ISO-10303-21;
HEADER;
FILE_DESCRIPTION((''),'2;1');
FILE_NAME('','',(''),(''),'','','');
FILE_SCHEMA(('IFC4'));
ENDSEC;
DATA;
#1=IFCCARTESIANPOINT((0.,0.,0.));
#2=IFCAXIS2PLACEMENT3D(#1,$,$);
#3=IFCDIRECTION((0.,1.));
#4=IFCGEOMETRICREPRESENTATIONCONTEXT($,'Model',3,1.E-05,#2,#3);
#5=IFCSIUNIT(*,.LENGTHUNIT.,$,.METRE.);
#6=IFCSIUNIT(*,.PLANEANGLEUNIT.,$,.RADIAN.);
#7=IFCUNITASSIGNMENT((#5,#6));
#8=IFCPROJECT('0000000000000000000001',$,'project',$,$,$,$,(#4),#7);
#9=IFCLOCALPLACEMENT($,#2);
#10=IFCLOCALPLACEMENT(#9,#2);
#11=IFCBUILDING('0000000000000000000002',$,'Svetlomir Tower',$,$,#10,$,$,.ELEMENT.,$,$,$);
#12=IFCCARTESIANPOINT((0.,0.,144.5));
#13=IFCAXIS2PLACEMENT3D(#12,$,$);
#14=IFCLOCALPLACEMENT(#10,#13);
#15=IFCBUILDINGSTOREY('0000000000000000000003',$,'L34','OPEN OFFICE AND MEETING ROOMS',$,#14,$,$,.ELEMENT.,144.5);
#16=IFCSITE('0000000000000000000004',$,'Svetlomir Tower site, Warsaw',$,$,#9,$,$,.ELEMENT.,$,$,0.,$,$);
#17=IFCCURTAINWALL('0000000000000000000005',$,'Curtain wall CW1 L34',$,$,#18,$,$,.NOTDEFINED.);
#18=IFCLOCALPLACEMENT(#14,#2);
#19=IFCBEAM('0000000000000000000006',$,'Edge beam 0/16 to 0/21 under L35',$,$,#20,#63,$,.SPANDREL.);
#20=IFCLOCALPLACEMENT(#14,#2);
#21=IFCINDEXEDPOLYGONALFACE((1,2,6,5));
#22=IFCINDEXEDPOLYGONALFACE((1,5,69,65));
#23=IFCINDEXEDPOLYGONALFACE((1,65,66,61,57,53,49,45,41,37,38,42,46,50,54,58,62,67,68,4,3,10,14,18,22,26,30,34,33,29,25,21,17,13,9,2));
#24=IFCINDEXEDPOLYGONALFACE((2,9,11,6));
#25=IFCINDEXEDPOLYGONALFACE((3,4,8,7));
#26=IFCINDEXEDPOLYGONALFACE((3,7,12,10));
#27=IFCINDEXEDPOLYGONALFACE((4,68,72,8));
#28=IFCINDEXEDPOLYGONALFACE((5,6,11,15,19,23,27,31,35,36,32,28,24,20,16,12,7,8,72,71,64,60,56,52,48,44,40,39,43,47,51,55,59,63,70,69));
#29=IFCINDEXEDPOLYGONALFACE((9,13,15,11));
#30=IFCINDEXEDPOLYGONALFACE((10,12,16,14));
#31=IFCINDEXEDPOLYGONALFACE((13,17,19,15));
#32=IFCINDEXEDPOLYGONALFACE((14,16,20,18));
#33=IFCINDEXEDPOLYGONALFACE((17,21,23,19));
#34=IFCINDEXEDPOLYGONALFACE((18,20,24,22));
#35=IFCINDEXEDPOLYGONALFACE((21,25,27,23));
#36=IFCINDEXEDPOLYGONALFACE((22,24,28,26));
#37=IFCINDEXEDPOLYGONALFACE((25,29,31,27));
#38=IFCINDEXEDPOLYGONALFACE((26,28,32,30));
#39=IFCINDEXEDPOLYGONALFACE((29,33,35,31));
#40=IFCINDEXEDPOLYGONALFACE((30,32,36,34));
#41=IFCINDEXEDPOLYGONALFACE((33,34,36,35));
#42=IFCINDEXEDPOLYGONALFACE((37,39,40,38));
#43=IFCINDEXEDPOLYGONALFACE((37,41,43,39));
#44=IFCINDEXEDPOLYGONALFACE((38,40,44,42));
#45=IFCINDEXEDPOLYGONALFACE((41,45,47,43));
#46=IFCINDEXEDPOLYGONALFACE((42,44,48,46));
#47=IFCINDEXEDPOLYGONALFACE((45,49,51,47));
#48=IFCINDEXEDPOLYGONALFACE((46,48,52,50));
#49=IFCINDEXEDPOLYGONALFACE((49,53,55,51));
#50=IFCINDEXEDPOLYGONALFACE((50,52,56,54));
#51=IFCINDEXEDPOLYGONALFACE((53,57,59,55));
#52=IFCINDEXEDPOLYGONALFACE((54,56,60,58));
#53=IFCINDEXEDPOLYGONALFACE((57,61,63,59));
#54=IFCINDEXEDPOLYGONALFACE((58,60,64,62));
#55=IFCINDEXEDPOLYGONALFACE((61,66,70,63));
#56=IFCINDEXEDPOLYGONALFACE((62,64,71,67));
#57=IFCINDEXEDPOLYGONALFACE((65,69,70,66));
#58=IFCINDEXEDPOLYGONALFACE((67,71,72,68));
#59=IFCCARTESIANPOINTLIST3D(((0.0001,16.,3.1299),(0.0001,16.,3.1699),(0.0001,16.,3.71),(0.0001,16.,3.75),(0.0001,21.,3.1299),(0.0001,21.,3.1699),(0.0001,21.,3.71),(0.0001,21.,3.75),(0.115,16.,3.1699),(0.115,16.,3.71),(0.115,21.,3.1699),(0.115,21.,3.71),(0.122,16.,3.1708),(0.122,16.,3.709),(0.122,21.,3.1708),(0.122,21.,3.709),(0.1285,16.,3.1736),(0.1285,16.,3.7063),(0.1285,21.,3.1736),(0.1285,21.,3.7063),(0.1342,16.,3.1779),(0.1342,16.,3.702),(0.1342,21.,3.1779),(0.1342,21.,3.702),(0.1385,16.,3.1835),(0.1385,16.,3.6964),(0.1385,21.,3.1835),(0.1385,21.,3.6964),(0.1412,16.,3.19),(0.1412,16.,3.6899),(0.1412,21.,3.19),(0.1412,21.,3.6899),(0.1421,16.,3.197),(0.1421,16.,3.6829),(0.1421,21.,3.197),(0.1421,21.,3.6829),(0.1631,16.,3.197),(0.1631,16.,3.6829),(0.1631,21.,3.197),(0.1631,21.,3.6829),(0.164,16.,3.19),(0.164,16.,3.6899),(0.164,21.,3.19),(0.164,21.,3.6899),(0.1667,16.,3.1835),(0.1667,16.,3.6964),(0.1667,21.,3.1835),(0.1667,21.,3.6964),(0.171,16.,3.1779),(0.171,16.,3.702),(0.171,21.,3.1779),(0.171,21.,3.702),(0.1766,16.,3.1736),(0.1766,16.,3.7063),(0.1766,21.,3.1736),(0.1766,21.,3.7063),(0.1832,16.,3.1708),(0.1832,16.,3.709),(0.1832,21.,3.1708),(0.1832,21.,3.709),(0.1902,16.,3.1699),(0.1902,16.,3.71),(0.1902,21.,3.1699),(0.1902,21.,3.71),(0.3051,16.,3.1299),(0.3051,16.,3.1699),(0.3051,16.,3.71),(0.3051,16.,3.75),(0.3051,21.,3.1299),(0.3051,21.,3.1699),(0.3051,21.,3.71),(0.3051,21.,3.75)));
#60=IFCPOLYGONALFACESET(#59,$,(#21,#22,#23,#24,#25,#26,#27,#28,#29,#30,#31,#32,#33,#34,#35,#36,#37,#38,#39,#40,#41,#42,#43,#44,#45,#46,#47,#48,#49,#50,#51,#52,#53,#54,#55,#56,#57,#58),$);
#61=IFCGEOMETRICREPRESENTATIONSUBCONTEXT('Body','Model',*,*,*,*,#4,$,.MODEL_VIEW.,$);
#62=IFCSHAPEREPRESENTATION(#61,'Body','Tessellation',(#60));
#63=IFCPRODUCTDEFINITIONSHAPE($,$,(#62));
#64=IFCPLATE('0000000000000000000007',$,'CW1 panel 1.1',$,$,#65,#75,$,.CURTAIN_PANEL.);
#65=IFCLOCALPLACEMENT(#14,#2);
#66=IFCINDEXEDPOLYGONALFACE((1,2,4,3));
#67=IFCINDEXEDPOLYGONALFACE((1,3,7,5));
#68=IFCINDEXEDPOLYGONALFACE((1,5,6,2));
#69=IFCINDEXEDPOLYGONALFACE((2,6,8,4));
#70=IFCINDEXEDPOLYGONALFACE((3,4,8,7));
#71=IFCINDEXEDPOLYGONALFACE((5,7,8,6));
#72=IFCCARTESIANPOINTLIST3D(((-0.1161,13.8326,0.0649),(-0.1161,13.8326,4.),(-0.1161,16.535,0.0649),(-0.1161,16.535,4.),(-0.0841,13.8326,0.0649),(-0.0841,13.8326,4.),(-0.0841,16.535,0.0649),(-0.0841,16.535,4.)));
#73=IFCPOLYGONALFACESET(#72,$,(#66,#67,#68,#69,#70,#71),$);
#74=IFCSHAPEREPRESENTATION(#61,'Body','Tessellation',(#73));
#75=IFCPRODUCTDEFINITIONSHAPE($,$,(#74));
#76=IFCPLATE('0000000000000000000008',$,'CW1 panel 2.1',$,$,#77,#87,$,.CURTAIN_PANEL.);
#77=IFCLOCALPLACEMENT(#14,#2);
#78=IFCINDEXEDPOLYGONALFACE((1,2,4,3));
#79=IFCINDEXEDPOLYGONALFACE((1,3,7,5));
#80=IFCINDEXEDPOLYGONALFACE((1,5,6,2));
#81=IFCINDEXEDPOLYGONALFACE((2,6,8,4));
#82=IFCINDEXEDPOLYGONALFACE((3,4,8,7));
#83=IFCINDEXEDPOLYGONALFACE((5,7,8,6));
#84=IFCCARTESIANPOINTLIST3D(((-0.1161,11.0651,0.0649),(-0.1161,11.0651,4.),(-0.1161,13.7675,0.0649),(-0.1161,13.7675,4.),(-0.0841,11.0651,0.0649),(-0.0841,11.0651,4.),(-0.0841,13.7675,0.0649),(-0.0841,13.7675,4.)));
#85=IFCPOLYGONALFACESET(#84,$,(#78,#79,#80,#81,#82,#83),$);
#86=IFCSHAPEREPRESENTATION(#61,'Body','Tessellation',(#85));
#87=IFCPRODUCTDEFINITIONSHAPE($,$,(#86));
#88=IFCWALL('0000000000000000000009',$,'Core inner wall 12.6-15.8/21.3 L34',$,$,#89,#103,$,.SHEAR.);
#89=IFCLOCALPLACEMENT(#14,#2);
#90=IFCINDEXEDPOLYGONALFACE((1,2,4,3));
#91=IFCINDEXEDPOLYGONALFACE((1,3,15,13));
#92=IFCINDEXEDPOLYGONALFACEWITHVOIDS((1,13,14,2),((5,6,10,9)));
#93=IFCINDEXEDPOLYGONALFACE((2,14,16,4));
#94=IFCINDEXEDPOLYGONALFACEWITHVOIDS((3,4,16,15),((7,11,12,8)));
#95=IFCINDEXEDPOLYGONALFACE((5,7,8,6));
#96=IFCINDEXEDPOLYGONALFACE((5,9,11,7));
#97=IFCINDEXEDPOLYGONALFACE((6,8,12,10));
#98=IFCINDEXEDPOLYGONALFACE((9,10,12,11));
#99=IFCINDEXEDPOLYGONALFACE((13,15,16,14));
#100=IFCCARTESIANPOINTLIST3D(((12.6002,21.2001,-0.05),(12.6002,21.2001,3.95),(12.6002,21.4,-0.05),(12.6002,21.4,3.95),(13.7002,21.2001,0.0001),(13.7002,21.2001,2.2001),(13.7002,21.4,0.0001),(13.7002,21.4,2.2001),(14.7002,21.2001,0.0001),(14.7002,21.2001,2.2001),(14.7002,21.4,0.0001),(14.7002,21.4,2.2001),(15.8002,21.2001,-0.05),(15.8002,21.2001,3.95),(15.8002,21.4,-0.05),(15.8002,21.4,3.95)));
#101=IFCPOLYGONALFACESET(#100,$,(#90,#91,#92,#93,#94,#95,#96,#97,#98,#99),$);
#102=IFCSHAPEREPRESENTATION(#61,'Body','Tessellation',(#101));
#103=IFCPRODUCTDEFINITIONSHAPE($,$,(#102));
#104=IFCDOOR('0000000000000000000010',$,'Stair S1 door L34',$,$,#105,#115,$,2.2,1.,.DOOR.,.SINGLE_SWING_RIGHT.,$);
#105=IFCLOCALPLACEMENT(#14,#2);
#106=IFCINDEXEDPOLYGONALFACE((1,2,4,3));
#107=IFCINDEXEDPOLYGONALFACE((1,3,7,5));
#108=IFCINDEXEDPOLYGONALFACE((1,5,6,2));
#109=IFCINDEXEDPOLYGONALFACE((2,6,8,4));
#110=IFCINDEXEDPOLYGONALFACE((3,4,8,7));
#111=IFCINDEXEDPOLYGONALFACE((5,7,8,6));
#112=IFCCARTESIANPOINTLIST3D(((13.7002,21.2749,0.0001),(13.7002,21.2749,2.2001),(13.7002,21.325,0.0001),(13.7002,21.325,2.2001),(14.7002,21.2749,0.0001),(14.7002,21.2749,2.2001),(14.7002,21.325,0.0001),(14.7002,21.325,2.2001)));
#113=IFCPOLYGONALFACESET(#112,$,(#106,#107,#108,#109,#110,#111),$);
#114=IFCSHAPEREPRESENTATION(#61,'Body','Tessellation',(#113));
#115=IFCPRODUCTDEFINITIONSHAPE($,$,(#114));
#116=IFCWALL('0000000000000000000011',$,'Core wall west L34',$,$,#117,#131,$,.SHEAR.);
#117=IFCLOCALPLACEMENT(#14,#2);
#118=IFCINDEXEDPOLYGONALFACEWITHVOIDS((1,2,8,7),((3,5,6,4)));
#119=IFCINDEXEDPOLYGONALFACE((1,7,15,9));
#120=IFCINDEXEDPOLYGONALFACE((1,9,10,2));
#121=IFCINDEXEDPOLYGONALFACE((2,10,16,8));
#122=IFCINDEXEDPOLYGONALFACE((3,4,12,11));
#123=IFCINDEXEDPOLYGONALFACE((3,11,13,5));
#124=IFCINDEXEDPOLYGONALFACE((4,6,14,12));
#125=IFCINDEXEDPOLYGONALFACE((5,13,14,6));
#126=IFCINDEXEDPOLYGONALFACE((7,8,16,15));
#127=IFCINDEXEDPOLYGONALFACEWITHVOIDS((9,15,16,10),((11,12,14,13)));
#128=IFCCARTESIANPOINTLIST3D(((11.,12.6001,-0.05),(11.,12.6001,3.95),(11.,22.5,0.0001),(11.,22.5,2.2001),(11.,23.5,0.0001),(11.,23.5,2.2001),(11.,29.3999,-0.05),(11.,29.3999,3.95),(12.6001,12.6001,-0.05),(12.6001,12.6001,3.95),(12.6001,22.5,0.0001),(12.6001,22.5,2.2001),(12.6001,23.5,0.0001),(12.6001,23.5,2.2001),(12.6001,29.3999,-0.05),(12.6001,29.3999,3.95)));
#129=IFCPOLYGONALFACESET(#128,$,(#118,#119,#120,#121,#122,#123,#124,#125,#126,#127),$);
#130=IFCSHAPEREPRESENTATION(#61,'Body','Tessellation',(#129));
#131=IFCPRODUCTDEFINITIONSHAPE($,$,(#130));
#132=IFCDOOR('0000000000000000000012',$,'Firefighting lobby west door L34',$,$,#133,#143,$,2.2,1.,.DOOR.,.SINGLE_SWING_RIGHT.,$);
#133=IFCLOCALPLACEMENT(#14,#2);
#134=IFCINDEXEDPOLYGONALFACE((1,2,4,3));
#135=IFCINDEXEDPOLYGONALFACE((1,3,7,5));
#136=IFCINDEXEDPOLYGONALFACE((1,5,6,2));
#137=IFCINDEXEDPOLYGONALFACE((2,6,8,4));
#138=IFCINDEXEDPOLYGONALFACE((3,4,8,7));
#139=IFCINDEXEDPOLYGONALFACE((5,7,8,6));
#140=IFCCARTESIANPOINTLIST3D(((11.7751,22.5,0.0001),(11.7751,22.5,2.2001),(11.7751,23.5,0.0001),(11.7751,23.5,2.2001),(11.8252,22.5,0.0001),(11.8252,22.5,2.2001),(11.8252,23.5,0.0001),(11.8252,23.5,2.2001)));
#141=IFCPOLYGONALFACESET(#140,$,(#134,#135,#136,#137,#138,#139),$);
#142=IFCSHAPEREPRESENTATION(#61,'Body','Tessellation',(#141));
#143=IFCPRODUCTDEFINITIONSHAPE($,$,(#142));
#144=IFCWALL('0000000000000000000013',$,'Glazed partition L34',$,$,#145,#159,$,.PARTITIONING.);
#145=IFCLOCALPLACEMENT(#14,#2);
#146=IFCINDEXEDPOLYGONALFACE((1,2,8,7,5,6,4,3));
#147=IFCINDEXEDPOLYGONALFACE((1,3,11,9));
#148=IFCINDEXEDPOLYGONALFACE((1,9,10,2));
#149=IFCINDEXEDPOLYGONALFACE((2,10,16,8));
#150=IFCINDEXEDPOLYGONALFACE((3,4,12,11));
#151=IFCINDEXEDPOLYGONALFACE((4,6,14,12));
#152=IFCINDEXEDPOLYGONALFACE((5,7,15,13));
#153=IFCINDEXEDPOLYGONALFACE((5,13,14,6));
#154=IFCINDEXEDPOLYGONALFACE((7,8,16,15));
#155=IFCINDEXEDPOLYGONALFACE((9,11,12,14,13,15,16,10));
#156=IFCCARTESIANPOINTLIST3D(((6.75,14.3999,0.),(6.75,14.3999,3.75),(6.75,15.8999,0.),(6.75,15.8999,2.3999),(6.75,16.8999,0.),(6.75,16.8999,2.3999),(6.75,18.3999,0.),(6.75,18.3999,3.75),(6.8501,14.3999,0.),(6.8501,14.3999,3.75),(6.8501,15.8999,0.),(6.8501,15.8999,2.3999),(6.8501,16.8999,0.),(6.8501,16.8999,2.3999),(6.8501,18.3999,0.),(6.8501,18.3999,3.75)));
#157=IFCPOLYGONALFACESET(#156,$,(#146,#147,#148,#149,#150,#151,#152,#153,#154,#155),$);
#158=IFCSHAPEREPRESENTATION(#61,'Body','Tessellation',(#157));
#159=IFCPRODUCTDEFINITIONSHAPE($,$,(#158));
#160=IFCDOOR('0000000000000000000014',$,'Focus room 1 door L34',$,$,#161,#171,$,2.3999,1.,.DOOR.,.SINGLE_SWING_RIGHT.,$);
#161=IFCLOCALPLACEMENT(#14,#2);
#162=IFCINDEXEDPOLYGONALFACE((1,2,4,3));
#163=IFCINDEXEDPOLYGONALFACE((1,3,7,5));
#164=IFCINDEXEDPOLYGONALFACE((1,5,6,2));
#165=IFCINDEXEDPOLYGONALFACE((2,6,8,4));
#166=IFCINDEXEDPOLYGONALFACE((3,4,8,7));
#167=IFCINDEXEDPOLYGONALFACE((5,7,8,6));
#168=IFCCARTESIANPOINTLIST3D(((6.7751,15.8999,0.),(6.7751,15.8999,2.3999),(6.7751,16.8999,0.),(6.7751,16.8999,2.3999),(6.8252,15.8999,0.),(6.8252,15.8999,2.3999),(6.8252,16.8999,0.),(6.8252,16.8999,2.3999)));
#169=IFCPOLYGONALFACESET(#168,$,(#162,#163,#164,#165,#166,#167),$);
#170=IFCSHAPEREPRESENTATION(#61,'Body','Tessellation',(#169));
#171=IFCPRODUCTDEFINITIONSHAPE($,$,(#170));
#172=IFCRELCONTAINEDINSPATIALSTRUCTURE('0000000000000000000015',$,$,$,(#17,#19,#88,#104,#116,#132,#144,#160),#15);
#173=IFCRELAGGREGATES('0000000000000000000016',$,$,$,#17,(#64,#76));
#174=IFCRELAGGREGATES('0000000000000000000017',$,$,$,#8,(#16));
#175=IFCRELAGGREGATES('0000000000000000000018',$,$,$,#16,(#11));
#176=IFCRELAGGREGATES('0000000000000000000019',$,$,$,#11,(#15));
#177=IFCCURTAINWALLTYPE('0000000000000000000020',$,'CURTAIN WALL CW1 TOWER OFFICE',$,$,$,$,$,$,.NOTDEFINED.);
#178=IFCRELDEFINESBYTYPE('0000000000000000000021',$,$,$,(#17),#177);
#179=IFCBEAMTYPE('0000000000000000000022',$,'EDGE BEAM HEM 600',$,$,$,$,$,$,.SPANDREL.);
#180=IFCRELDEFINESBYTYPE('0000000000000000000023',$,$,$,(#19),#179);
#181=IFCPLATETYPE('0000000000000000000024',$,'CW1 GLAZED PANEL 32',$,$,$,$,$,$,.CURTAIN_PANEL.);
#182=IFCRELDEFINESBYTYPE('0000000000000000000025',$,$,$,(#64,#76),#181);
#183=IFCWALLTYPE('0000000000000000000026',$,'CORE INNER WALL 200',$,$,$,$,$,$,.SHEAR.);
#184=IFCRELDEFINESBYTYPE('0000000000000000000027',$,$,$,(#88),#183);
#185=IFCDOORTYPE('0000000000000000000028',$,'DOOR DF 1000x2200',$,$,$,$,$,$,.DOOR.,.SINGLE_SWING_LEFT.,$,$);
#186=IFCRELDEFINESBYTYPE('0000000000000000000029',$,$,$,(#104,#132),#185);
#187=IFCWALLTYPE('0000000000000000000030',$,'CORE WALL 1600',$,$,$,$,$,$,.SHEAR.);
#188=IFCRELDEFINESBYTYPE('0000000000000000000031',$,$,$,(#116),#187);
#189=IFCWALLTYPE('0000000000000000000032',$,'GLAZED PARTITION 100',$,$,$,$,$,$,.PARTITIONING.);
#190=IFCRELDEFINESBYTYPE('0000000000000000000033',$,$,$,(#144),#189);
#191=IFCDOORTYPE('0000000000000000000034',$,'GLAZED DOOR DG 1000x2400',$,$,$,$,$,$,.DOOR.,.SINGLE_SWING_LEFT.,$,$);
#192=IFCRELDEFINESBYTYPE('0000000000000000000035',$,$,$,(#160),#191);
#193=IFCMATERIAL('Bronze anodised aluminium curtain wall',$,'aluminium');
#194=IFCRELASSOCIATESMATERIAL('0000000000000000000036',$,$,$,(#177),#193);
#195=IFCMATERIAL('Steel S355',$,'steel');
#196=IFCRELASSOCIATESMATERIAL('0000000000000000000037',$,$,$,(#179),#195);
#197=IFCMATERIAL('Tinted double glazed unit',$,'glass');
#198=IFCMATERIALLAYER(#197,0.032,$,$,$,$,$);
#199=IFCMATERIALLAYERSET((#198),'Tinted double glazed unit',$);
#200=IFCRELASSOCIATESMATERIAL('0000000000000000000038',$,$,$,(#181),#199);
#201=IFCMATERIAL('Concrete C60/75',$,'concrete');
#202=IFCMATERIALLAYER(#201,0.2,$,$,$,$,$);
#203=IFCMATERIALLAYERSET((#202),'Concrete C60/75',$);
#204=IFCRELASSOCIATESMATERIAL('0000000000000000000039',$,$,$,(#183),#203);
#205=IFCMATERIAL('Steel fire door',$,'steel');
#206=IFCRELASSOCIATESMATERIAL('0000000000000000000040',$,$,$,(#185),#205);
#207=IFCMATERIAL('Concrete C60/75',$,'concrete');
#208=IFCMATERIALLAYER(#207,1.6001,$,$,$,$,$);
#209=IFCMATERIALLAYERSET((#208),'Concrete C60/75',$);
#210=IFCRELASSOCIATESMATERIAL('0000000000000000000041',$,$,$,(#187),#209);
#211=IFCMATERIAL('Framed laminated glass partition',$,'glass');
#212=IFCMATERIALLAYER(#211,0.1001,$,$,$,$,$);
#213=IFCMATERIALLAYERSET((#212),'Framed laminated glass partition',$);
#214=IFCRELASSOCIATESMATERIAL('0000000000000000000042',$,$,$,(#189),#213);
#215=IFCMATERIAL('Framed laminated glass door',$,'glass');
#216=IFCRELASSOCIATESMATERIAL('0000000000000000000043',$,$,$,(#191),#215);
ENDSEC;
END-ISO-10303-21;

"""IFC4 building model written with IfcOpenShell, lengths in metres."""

from ifc_helpers import new_model, si_unit, direction, frame, frame_2d, origin, origin_2d, place, context, subcontext, project, spatial, rectangle, i_section, extrude, material, layer, layer_set, material_profile, profile_set, type_object, element, fill, aggregate, save


model = new_model("IFC4")

# Units and contexts
model_context = context("Model", 3, precision=1e-05, world=origin(), true_north=direction((0.0, 1.0)))
body_context = subcontext(model_context, "Body", "Model", "MODEL_VIEW")
ifc_project = project(units=[si_unit("LENGTHUNIT", "METRE"), si_unit("PLANEANGLEUNIT", "RADIAN")], contexts=[model_context])

# Site, building, storey
site_placement = place(None, origin())
site = spatial("IfcSite", under=ifc_project, at=site_placement, Name="Svetlomir Tower site, Warsaw", CompositionType="ELEMENT", RefElevation=0.0)
building_placement = place(site_placement, origin())
building = spatial("IfcBuilding", under=site, at=building_placement, Name="Svetlomir Tower", CompositionType="ELEMENT")
storey_placement = place(building_placement, frame((0.0, 0.0, 144.5)))
storey = spatial("IfcBuildingStorey", under=building, at=storey_placement, Name="L34", Description="OPEN OFFICE AND MEETING ROOMS", CompositionType="ELEMENT", Elevation=144.5)

# Shared definitions
ifc_material_1 = material(Name="Bronze anodised aluminium curtain wall", Category="aluminium")
curtain_wall_type = type_object("IfcCurtainWallType", Name="CURTAIN WALL CW1 TOWER OFFICE", PredefinedType="NOTDEFINED", material=ifc_material_1)

# Curtain wall
curtain_wall_1_placement = place(storey_placement, origin())
curtain_wall_1 = element("IfcCurtainWall", 1, at=curtain_wall_1_placement, inside=storey, type_object=curtain_wall_type, Name="Curtain wall CW1 L34", PredefinedType="NOTDEFINED")

# Beam
ifc_material_2 = material(Name="Steel S355", Category="steel")
ifc_material_profile_1 = material_profile(ifc_material_2, i_section(OverallWidth=0.3049, OverallDepth=0.6201, WebThickness=0.021, FlangeThickness=0.04, FilletRadius=0.0271, at=origin_2d()), Name="HEM 600")
ifc_profile_set_1 = profile_set([ifc_material_profile_1], Name="Steel S355")
beam_type_1 = type_object("IfcBeamType", Name="EDGE BEAM HEM 600", PredefinedType="SPANDREL", material=ifc_profile_set_1)
beam_1_placement = place(storey_placement, frame((0.1526, 16.0, 3.4399), z_axis=(0.0, 1.0, 0.0), x_axis=(-1.0, 0.0, 0.0)))
element("IfcBeam", 2, at=beam_1_placement, inside=storey, type_object=beam_type_1, Name="Edge beam 0/16 to 0/21 under L35", PredefinedType="SPANDREL", context=body_context, shape_type="SweptSolid", body=[
    extrude(i_section(OverallWidth=0.3049, OverallDepth=0.6201, WebThickness=0.021, FlangeThickness=0.04, FilletRadius=0.0271, at=origin_2d()), origin(), (0.0, 0.0, 1.0), 5.0),
])

# Plates
ifc_material_3 = material(Name="Tinted double glazed unit", Category="glass")
ifc_layer_1 = layer(ifc_material_3, 0.032)
ifc_layer_set_1 = layer_set([ifc_layer_1], Name="Tinted double glazed unit")
plate_type = type_object("IfcPlateType", Name="CW1 GLAZED PANEL 32", PredefinedType="CURTAIN_PANEL", material=ifc_layer_set_1)
plate_1_placement = place(storey_placement, frame((-0.1001, 15.1838, 0.0649), z_axis=(0.0, 0.0, 1.0), x_axis=(0.0, -1.0, 0.0)))
plate_1 = element("IfcPlate", 3, at=plate_1_placement, type_object=plate_type, Name="CW1 panel 1.1", PredefinedType="CURTAIN_PANEL", context=body_context, shape_type="SweptSolid", body=[
    extrude(rectangle(XDim=2.7024, YDim=0.032, at=origin_2d()), origin(), (0.0, 0.0, 1.0), 3.9351),
])
plate_2_placement = place(storey_placement, frame((-0.1001, 12.4163, 0.0649), z_axis=(0.0, 0.0, 1.0), x_axis=(0.0, -1.0, 0.0)))
plate_2 = element("IfcPlate", 4, at=plate_2_placement, type_object=plate_type, Name="CW1 panel 2.1", PredefinedType="CURTAIN_PANEL", context=body_context, shape_type="SweptSolid", body=[
    extrude(rectangle(XDim=2.7024, YDim=0.032, at=origin_2d()), origin(), (0.0, 0.0, 1.0), 3.9351),
])
aggregate(curtain_wall_1, [plate_1, plate_2])

# Walls, openings, doors
ifc_material_4 = material(Name="Concrete C60/75", Category="concrete")
ifc_layer_2 = layer(ifc_material_4, 0.2)
ifc_layer_set_2 = layer_set([ifc_layer_2], Name="Concrete C60/75")
wall_type_1 = type_object("IfcWallType", Name="CORE INNER WALL 200", PredefinedType="SHEAR", material=ifc_layer_set_2)
wall_1_placement = place(storey_placement, frame((12.6001, 21.3, -0.05), z_axis=(0.0, 0.0, 1.0), x_axis=(1.0, 0.0, 0.0)))
wall_1 = element("IfcWall", 5, at=wall_1_placement, inside=storey, type_object=wall_type_1, Name="Core inner wall 12.6-15.8/21.3 L34", PredefinedType="SHEAR", context=body_context, shape_type="SweptSolid", body=[
    extrude(rectangle(XDim=3.2, YDim=0.2, at=frame_2d((1.6001, 0.0))), origin(), (0.0, 0.0, 1.0), 4.0),
])
opening_1_placement = place(wall_1_placement, frame((1.1001, 0.0, 0.05)))
opening_1 = element("IfcOpeningElement", 6, at=opening_1_placement, cuts=wall_1, PredefinedType="OPENING", context=body_context, shape_type="SweptSolid", body=[
    extrude(rectangle(XDim=1.0, YDim=2.2, at=frame_2d((0.5, 1.1001))), frame((0.0, 0.1099, 0.0), z_axis=(0.0, -1.0, 0.0), x_axis=(1.0, 0.0, 0.0)), (0.0, 0.0, 1.0), 0.22),
])
ifc_material_5 = material(Name="Steel fire door", Category="steel")
door_type_1 = type_object("IfcDoorType", Name="DOOR DF 1000x2200", OperationType="SINGLE_SWING_LEFT", PredefinedType="DOOR", material=ifc_material_5)
door_1_placement = place(opening_1_placement, origin())
door_1 = element("IfcDoor", 7, at=door_1_placement, inside=storey, type_object=door_type_1, Name="Stair S1 door L34", OperationType="SINGLE_SWING_RIGHT", OverallHeight=2.2, OverallWidth=1.0, PredefinedType="DOOR", context=body_context, shape_type="SweptSolid", body=[
    extrude(rectangle(XDim=1.0, YDim=2.2, at=frame_2d((0.5, 1.1001))), frame((0.0, 0.0249, 0.0), z_axis=(0.0, -1.0, 0.0), x_axis=(1.0, 0.0, 0.0)), (0.0, 0.0, 1.0), 0.05),
])
fill(opening_1, door_1)
ifc_material_6 = material(Name="Concrete C60/75", Category="concrete")
ifc_layer_3 = layer(ifc_material_6, 1.6001)
ifc_layer_set_3 = layer_set([ifc_layer_3], Name="Concrete C60/75")
wall_type_2 = type_object("IfcWallType", Name="CORE WALL 1600", PredefinedType="SHEAR", material=ifc_layer_set_3)
wall_2_placement = place(storey_placement, frame((11.8, 12.6001, -0.05), z_axis=(0.0, 0.0, 1.0), x_axis=(0.0, 1.0, 0.0)))
wall_2 = element("IfcWall", 8, at=wall_2_placement, inside=storey, type_object=wall_type_2, Name="Core wall west L34", PredefinedType="SHEAR", context=body_context, shape_type="SweptSolid", body=[
    extrude(rectangle(XDim=16.7998, YDim=1.6001, at=frame_2d((8.3999, 0.0))), origin(), (0.0, 0.0, 1.0), 4.0),
])
opening_2_placement = place(wall_2_placement, frame((9.8999, 0.0, 0.05)))
opening_2 = element("IfcOpeningElement", 9, at=opening_2_placement, cuts=wall_2, PredefinedType="OPENING", context=body_context, shape_type="SweptSolid", body=[
    extrude(rectangle(XDim=1.0, YDim=2.2, at=frame_2d((0.5, 1.1001))), frame((0.0, 0.8101, 0.0), z_axis=(0.0, -1.0, 0.0), x_axis=(1.0, 0.0, 0.0)), (0.0, 0.0, 1.0), 1.6201),
])
door_2_placement = place(opening_2_placement, origin())
door_2 = element("IfcDoor", 10, at=door_2_placement, inside=storey, type_object=door_type_1, Name="Firefighting lobby west door L34", OperationType="SINGLE_SWING_RIGHT", OverallHeight=2.2, OverallWidth=1.0, PredefinedType="DOOR", context=body_context, shape_type="SweptSolid", body=[
    extrude(rectangle(XDim=1.0, YDim=2.2, at=frame_2d((0.5, 1.1001))), frame((0.0, 0.0249, 0.0), z_axis=(0.0, -1.0, 0.0), x_axis=(1.0, 0.0, 0.0)), (0.0, 0.0, 1.0), 0.05),
])
fill(opening_2, door_2)
ifc_material_7 = material(Name="Framed laminated glass partition", Category="glass")
ifc_layer_4 = layer(ifc_material_7, 0.1001)
ifc_layer_set_4 = layer_set([ifc_layer_4], Name="Framed laminated glass partition")
wall_type_3 = type_object("IfcWallType", Name="GLAZED PARTITION 100", PredefinedType="PARTITIONING", material=ifc_layer_set_4)
wall_3_placement = place(storey_placement, frame((6.8, 14.3999, 0.0), z_axis=(0.0, 0.0, 1.0), x_axis=(0.0, 1.0, 0.0)))
wall_3 = element("IfcWall", 11, at=wall_3_placement, inside=storey, type_object=wall_type_3, Name="Glazed partition L34", PredefinedType="PARTITIONING", context=body_context, shape_type="SweptSolid", body=[
    extrude(rectangle(XDim=4.0, YDim=0.1001, at=frame_2d((2.0, 0.0))), origin(), (0.0, 0.0, 1.0), 3.75),
])
opening_3_placement = place(wall_3_placement, frame((1.5, 0.0, 0.0)))
opening_3 = element("IfcOpeningElement", 12, at=opening_3_placement, cuts=wall_3, PredefinedType="OPENING", context=body_context, shape_type="SweptSolid", body=[
    extrude(rectangle(XDim=1.0, YDim=2.3999, at=frame_2d((0.5, 1.2))), frame((0.0, 0.0601, 0.0), z_axis=(0.0, -1.0, 0.0), x_axis=(1.0, 0.0, 0.0)), (0.0, 0.0, 1.0), 0.1201),
])
ifc_material_8 = material(Name="Framed laminated glass door", Category="glass")
door_type_2 = type_object("IfcDoorType", Name="GLAZED DOOR DG 1000x2400", OperationType="SINGLE_SWING_LEFT", PredefinedType="DOOR", material=ifc_material_8)
door_3_placement = place(opening_3_placement, origin())
door_3 = element("IfcDoor", 13, at=door_3_placement, inside=storey, type_object=door_type_2, Name="Focus room 1 door L34", OperationType="SINGLE_SWING_RIGHT", OverallHeight=2.3999, OverallWidth=1.0, PredefinedType="DOOR", context=body_context, shape_type="SweptSolid", body=[
    extrude(rectangle(XDim=1.0, YDim=2.3999, at=frame_2d((0.5, 1.2))), frame((0.0, 0.0249, 0.0), z_axis=(0.0, -1.0, 0.0), x_axis=(1.0, 0.0, 0.0)), (0.0, 0.0, 1.0), 0.05),
])
fill(opening_3, door_3)

save(model, "model.ifc")
